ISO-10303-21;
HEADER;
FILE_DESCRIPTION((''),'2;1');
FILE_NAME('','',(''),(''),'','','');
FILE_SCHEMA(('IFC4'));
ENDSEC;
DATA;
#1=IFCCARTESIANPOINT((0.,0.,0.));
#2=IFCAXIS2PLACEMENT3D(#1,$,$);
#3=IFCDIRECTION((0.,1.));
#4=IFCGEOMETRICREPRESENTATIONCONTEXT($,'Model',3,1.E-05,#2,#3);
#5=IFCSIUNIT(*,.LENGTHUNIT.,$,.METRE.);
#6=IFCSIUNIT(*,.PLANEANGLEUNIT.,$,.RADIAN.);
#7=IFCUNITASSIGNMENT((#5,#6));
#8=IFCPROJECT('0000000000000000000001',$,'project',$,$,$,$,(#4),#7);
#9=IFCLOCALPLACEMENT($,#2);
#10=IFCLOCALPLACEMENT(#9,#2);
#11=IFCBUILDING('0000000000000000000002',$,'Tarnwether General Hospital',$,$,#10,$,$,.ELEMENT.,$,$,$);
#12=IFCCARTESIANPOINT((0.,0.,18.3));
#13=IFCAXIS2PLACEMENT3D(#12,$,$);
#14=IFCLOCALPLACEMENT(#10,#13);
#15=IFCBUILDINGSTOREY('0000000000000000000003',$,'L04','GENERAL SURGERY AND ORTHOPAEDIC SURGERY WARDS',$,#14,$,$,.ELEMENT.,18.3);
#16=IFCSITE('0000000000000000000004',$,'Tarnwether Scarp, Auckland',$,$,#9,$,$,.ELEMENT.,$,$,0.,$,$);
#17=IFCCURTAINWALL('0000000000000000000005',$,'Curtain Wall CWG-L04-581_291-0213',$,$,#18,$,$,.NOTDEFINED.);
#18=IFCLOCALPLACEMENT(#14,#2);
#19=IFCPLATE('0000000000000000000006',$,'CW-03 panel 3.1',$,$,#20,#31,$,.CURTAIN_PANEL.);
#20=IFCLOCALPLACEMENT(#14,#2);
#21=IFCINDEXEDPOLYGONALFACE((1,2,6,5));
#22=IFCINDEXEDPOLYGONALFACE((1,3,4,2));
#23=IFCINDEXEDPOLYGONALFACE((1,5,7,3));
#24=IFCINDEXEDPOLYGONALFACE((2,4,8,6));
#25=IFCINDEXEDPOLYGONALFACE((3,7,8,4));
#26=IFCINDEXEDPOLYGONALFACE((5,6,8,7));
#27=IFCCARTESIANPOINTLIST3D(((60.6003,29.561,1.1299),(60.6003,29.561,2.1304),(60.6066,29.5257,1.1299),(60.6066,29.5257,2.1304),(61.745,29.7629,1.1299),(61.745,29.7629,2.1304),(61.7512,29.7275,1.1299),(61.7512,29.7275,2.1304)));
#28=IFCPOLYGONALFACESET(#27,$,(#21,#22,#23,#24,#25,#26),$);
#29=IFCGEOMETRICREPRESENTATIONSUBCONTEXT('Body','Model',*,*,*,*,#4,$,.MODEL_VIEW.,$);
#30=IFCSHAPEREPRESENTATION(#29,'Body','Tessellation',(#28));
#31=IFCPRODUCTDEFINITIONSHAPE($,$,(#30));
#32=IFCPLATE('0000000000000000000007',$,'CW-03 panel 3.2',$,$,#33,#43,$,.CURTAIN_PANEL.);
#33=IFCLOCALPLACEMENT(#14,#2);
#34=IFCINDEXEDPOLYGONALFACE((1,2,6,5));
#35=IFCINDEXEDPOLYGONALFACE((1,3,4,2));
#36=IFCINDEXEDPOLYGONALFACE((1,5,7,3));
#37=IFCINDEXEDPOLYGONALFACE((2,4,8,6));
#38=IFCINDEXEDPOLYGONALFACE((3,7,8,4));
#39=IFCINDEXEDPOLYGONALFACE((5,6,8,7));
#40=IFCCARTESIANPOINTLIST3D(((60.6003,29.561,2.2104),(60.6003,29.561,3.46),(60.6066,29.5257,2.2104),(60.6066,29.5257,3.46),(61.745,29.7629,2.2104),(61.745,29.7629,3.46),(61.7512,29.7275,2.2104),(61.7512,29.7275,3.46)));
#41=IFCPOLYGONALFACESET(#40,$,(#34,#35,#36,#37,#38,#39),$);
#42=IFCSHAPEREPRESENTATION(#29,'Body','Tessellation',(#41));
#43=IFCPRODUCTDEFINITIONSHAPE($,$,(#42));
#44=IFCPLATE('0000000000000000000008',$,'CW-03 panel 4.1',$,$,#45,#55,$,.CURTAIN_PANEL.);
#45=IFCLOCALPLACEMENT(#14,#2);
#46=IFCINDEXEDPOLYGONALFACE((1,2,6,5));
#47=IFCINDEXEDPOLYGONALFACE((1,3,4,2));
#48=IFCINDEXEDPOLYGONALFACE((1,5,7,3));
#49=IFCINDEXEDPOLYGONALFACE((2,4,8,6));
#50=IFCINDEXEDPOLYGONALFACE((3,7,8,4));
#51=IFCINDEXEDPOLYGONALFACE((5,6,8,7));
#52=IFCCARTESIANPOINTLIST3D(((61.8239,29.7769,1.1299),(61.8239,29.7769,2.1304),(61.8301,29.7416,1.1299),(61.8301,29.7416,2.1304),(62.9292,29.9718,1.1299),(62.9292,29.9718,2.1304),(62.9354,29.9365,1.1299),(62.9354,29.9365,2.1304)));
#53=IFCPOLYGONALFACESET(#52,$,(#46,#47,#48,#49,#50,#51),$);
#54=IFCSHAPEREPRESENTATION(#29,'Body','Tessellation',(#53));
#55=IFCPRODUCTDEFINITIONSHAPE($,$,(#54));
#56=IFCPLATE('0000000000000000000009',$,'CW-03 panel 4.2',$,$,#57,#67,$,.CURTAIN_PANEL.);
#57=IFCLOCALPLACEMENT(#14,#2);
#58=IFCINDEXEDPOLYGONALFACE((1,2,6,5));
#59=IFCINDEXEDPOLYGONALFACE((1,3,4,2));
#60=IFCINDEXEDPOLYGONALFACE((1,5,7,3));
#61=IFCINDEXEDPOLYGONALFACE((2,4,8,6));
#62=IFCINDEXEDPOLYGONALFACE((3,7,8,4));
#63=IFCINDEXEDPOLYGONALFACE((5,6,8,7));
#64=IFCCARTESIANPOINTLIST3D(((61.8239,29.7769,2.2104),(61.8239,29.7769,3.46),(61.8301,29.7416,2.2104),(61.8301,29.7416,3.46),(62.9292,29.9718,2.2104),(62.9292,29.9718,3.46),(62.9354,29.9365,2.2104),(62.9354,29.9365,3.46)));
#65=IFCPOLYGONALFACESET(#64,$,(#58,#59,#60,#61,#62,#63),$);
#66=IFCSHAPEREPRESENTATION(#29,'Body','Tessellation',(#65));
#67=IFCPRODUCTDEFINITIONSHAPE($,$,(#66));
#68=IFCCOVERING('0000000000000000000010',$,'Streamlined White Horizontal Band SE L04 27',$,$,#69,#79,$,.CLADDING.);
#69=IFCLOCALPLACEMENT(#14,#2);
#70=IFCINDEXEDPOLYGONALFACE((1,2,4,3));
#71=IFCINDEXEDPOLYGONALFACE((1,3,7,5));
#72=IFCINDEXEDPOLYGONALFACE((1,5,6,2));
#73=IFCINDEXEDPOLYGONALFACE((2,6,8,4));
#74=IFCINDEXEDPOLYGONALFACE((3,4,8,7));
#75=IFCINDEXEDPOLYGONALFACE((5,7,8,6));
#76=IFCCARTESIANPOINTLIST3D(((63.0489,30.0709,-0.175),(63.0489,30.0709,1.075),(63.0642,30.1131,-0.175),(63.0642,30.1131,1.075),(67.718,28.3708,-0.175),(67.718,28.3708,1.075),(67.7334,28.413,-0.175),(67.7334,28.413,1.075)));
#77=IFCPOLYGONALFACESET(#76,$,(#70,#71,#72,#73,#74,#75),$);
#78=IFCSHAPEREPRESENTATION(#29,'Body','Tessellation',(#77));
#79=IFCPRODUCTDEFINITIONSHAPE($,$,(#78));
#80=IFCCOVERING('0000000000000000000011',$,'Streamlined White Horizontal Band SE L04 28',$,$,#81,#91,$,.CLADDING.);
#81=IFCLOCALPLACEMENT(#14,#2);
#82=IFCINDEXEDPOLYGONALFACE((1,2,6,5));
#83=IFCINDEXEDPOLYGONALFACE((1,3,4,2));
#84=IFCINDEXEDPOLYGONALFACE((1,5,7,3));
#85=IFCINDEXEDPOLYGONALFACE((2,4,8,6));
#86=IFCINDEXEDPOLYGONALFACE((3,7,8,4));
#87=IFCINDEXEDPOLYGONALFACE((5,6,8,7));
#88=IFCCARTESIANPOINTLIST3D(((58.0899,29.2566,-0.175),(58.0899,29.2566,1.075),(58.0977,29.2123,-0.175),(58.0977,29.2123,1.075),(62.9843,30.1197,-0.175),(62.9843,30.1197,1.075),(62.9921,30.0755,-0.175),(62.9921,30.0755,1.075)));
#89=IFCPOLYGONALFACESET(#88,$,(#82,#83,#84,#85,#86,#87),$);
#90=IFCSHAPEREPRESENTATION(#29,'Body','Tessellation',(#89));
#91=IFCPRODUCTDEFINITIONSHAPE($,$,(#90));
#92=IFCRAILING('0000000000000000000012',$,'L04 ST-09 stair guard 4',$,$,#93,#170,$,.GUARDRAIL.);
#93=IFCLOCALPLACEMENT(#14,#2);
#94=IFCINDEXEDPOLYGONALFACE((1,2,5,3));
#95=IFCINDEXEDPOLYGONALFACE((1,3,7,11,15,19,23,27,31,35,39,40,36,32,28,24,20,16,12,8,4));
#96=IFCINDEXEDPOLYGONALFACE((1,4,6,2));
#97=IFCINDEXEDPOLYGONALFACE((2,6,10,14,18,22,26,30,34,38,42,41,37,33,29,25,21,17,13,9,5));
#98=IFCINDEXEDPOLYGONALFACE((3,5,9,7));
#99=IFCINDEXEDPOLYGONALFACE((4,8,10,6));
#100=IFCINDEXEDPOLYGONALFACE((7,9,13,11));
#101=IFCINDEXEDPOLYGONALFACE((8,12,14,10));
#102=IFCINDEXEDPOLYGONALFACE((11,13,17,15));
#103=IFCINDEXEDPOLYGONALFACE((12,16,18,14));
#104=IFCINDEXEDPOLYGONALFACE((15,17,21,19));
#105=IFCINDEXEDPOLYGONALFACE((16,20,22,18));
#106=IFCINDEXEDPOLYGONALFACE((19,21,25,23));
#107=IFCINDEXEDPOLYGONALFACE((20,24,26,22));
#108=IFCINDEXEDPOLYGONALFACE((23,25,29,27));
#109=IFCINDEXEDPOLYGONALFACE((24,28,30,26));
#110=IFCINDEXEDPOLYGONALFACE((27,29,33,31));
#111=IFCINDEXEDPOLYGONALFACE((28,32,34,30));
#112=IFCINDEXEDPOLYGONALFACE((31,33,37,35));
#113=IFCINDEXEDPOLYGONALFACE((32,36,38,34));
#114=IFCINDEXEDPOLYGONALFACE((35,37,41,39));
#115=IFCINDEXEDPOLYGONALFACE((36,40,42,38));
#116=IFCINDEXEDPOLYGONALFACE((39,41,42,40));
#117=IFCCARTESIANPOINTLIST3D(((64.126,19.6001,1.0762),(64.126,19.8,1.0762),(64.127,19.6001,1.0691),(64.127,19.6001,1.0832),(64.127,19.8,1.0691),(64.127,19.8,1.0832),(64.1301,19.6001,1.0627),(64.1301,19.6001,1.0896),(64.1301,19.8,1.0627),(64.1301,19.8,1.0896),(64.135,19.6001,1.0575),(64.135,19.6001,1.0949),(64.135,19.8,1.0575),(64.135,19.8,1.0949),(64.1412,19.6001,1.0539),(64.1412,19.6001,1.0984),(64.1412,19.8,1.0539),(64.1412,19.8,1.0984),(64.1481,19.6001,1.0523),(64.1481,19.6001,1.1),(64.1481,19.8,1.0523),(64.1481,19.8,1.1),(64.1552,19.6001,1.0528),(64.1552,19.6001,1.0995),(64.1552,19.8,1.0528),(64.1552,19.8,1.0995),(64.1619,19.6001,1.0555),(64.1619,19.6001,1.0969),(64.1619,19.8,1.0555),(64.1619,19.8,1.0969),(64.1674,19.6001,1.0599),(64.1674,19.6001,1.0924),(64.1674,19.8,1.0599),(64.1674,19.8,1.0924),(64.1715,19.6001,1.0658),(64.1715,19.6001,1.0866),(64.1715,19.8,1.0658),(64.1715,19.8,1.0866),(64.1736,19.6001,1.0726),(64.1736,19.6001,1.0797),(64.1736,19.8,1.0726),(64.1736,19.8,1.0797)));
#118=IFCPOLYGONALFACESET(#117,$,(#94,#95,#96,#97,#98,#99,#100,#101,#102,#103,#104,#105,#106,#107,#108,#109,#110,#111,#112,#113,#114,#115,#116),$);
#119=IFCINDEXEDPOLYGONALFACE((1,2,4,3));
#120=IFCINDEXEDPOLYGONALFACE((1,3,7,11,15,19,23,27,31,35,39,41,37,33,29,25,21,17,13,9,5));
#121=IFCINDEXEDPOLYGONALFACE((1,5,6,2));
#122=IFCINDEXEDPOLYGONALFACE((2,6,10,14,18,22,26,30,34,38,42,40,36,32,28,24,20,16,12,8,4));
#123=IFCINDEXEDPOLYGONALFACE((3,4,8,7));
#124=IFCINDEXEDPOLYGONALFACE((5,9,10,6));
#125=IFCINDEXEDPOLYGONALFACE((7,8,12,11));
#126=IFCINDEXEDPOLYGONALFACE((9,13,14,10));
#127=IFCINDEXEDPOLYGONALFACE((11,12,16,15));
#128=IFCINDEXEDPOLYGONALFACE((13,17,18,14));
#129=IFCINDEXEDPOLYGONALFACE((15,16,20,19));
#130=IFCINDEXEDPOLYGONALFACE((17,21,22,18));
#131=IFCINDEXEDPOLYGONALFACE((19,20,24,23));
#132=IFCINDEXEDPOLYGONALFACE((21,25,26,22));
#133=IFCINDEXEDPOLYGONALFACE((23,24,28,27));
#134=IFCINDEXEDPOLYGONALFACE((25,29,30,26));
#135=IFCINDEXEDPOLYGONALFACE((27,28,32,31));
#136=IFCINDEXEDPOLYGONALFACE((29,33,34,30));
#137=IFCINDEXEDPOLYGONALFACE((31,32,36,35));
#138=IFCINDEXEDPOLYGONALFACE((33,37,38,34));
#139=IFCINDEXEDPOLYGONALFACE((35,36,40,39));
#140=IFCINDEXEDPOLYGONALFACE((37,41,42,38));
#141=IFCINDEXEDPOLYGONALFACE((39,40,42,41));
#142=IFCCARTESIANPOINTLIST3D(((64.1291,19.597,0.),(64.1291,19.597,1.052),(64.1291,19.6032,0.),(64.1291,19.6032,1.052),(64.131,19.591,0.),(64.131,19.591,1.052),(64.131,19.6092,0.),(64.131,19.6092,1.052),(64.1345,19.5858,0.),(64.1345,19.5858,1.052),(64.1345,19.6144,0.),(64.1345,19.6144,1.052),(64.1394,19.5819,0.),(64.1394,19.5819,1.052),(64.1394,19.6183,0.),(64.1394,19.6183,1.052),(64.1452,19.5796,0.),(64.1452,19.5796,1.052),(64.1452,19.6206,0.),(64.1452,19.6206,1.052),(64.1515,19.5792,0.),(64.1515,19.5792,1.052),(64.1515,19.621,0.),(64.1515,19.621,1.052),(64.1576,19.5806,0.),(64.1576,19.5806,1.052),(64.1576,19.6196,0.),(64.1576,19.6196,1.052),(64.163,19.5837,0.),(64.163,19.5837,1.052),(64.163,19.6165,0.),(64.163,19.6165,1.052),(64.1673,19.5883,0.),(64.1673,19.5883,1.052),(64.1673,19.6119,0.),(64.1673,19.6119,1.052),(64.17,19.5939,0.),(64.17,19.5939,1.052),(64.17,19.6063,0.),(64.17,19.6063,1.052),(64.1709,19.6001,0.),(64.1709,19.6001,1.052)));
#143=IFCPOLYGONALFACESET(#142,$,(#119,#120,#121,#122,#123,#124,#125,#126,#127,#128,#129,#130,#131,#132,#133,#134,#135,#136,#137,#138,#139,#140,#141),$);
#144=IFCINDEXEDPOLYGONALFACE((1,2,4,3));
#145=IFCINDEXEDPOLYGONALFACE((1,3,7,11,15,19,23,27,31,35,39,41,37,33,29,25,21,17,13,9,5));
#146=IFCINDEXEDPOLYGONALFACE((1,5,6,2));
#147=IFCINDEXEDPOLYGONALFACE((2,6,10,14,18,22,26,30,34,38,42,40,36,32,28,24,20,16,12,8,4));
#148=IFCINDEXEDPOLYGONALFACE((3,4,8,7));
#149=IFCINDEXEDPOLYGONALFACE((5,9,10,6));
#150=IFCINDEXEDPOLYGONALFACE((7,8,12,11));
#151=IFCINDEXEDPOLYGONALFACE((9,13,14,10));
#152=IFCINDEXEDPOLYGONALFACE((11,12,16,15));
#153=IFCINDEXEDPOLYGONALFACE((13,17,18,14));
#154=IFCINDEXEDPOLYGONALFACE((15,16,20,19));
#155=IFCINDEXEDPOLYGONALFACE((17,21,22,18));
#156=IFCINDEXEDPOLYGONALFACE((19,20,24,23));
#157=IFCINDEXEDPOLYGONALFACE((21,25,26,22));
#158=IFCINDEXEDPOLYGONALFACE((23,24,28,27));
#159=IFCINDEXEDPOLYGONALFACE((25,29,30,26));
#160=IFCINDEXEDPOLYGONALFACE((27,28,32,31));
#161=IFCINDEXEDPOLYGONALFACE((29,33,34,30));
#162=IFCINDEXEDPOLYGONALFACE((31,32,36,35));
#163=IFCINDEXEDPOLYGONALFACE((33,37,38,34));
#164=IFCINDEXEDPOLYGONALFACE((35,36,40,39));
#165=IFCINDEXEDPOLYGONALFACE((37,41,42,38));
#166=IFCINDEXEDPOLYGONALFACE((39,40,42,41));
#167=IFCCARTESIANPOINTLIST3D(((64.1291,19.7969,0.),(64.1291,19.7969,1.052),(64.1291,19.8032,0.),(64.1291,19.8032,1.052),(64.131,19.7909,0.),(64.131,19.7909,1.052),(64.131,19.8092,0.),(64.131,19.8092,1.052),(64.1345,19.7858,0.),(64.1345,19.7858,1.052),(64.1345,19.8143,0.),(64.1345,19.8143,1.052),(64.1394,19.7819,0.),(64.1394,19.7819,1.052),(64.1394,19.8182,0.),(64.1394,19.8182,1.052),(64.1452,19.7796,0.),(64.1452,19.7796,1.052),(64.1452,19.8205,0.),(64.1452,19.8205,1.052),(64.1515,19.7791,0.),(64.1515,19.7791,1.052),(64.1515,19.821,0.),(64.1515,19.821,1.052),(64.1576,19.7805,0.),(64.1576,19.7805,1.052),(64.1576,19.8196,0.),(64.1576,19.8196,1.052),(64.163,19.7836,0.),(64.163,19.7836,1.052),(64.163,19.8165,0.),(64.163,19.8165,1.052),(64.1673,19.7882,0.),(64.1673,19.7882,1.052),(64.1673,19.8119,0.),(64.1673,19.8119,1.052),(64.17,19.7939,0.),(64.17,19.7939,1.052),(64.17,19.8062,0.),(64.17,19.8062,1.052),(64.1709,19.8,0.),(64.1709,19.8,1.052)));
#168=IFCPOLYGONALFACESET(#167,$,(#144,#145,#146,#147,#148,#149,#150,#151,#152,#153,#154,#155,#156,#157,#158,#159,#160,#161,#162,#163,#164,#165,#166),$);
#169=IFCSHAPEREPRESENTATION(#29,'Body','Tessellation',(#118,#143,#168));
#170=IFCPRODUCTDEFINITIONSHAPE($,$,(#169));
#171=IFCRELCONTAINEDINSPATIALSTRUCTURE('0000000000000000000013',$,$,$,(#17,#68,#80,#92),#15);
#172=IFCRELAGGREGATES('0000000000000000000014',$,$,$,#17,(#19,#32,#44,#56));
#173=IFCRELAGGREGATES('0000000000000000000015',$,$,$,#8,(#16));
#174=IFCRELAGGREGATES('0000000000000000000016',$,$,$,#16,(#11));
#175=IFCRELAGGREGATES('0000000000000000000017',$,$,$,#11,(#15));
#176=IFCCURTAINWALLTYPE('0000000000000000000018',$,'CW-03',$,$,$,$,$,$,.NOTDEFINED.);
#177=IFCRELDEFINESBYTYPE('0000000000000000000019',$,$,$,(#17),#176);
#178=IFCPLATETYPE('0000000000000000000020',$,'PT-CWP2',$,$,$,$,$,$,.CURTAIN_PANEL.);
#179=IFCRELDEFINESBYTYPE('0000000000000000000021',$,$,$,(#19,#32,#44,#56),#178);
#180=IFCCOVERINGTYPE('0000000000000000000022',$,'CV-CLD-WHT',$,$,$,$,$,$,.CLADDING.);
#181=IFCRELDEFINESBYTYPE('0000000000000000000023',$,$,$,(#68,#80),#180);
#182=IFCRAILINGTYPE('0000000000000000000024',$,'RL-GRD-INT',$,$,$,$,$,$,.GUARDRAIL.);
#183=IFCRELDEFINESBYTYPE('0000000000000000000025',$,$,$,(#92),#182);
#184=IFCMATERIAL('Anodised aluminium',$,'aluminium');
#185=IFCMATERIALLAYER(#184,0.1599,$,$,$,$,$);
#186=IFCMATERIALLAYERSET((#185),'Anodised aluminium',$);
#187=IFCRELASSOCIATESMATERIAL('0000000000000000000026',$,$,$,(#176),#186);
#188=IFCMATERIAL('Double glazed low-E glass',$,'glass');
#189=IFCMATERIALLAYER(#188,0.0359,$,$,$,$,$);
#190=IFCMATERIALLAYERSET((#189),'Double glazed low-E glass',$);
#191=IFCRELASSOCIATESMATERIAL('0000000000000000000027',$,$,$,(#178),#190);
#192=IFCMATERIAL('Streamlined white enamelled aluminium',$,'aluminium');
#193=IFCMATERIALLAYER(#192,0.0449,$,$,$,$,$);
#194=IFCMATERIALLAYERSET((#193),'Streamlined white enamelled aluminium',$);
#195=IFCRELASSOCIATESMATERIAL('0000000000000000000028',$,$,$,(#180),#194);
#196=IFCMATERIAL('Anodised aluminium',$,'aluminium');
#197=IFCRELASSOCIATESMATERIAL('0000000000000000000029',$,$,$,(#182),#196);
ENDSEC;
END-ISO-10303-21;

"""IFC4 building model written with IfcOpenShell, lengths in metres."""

from ifc_helpers import new_model, si_unit, direction, frame, origin, origin_2d, place, context, subcontext, project, spatial, rectangle, circle, extrude, material, layer, layer_set, type_object, element, aggregate, save


model = new_model("IFC4")

# Units and contexts
model_context = context("Model", 3, precision=1e-05, world=origin(), true_north=direction((0.0, 1.0)))
body_context = subcontext(model_context, "Body", "Model", "MODEL_VIEW")
ifc_project = project(units=[si_unit("LENGTHUNIT", "METRE"), si_unit("PLANEANGLEUNIT", "RADIAN")], contexts=[model_context])

# Site, building, storey
site_placement = place(None, origin())
site = spatial("IfcSite", under=ifc_project, at=site_placement, Name="Tarnwether Scarp, Auckland", CompositionType="ELEMENT", RefElevation=0.0)
building_placement = place(site_placement, origin())
building = spatial("IfcBuilding", under=site, at=building_placement, Name="Tarnwether General Hospital", CompositionType="ELEMENT")
storey_placement = place(building_placement, frame((0.0, 0.0, 18.3)))
storey = spatial("IfcBuildingStorey", under=building, at=storey_placement, Name="L04", Description="GENERAL SURGERY AND ORTHOPAEDIC SURGERY WARDS", CompositionType="ELEMENT", Elevation=18.3)

# Curtain wall
ifc_material_1 = material(Name="Anodised aluminium", Category="aluminium")
ifc_layer_1 = layer(ifc_material_1, 0.1599)
ifc_layer_set_1 = layer_set([ifc_layer_1], Name="Anodised aluminium")
curtain_wall_type = type_object("IfcCurtainWallType", Name="CW-03", PredefinedType="NOTDEFINED", material=ifc_layer_set_1)
curtain_wall_1_placement = place(storey_placement, origin())
curtain_wall_1 = element("IfcCurtainWall", 1, at=curtain_wall_1_placement, inside=storey, type_object=curtain_wall_type, Name="Curtain Wall CWG-L04-581_291-0213", PredefinedType="NOTDEFINED")

# Plates
ifc_material_2 = material(Name="Double glazed low-E glass", Category="glass")
ifc_layer_2 = layer(ifc_material_2, 0.0359)
ifc_layer_set_2 = layer_set([ifc_layer_2], Name="Double glazed low-E glass")
plate_type_1 = type_object("IfcPlateType", Name="PT-CWP2", PredefinedType="CURTAIN_PANEL", material=ifc_layer_set_2)
plate_1_placement = place(storey_placement, frame((61.1758, 29.6443, 1.1299), z_axis=(0.0, 0.0, 1.0), x_axis=(0.984806, 0.173659, 0.0)))
plate_1 = element("IfcPlate", 2, at=plate_1_placement, type_object=plate_type_1, Name="CW-03 panel 3.1", PredefinedType="CURTAIN_PANEL", context=body_context, shape_type="SweptSolid", body=[
    extrude(rectangle(XDim=1.1624, YDim=0.0359, at=origin_2d()), origin(), (0.0, 0.0, 1.0), 1.0005),
])
plate_2_placement = place(storey_placement, frame((61.1758, 29.6443, 2.2104), z_axis=(0.0, 0.0, 1.0), x_axis=(0.984806, 0.173659, 0.0)))
plate_2 = element("IfcPlate", 3, at=plate_2_placement, type_object=plate_type_1, Name="CW-03 panel 3.2", PredefinedType="CURTAIN_PANEL", context=body_context, shape_type="SweptSolid", body=[
    extrude(rectangle(XDim=1.1624, YDim=0.0359, at=origin_2d()), origin(), (0.0, 0.0, 1.0), 1.2495),
])
plate_3_placement = place(storey_placement, frame((62.3796, 29.8567, 1.1299), z_axis=(0.0, 0.0, 1.0), x_axis=(0.984806, 0.173659, 0.0)))
plate_3 = element("IfcPlate", 4, at=plate_3_placement, type_object=plate_type_1, Name="CW-03 panel 4.1", PredefinedType="CURTAIN_PANEL", context=body_context, shape_type="SweptSolid", body=[
    extrude(rectangle(XDim=1.1223, YDim=0.0359, at=origin_2d()), origin(), (0.0, 0.0, 1.0), 1.0005),
])
plate_4_placement = place(storey_placement, frame((62.3796, 29.8567, 2.2104), z_axis=(0.0, 0.0, 1.0), x_axis=(0.984806, 0.173659, 0.0)))
plate_4 = element("IfcPlate", 5, at=plate_4_placement, type_object=plate_type_1, Name="CW-03 panel 4.2", PredefinedType="CURTAIN_PANEL", context=body_context, shape_type="SweptSolid", body=[
    extrude(rectangle(XDim=1.1223, YDim=0.0359, at=origin_2d()), origin(), (0.0, 0.0, 1.0), 1.2495),
])
aggregate(curtain_wall_1, [plate_1, plate_2, plate_3, plate_4])

# Coverings
ifc_material_3 = material(Name="Streamlined white enamelled aluminium", Category="aluminium")
ifc_layer_3 = layer(ifc_material_3, 0.0449)
ifc_layer_set_3 = layer_set([ifc_layer_3], Name="Streamlined white enamelled aluminium")
covering_type = type_object("IfcCoveringType", Name="CV-CLD-WHT", PredefinedType="CLADDING", material=ifc_layer_set_3)
covering_1_placement = place(storey_placement, frame((65.3911, 29.2419, -0.175), z_axis=(0.0, 0.0, 1.0), x_axis=(0.939651, -0.342135, 0.0)))
element("IfcCovering", 6, at=covering_1_placement, inside=storey, type_object=covering_type, Name="Streamlined White Horizontal Band SE L04 27", PredefinedType="CLADDING", context=body_context, shape_type="SweptSolid", body=[
    extrude(rectangle(XDim=4.969, YDim=0.0449, at=origin_2d()), origin(), (0.0, 0.0, 1.0), 1.25),
])
covering_2_placement = place(storey_placement, frame((60.541, 29.666, -0.175), z_axis=(0.0, 0.0, 1.0), x_axis=(0.984805, 0.173665, 0.0)))
element("IfcCovering", 7, at=covering_2_placement, inside=storey, type_object=covering_type, Name="Streamlined White Horizontal Band SE L04 28", PredefinedType="CLADDING", context=body_context, shape_type="SweptSolid", body=[
    extrude(rectangle(XDim=4.97, YDim=0.0449, at=origin_2d()), origin(), (0.0, 0.0, 1.0), 1.25),
])

# Railing
ifc_material_4 = material(Name="Anodised aluminium", Category="aluminium")
railing_type = type_object("IfcRailingType", Name="RL-GRD-INT", PredefinedType="GUARDRAIL", material=ifc_material_4)
railing_placement = place(storey_placement, frame((64.1499, 19.6001, 0.0)))
element("IfcRailing", 8, at=railing_placement, inside=storey, type_object=railing_type, Name="L04 ST-09 stair guard 4", PredefinedType="GUARDRAIL", context=body_context, shape_type="SweptSolid", body=[
    extrude(circle(Radius=0.0239, at=origin_2d()), frame((0.0, 0.0, 1.0762), z_axis=(0.0, 1.0, 0.0), x_axis=(-1.0, 0.0, 0.0)), (0.0, 0.0, 1.0), 0.2),
    extrude(circle(Radius=0.021, at=origin_2d()), origin(), (0.0, 0.0, 1.0), 1.052),
    extrude(circle(Radius=0.021, at=origin_2d()), frame((0.0, 0.2, 0.0)), (0.0, 0.0, 1.0), 1.052),
])

save(model, "model.ifc")
